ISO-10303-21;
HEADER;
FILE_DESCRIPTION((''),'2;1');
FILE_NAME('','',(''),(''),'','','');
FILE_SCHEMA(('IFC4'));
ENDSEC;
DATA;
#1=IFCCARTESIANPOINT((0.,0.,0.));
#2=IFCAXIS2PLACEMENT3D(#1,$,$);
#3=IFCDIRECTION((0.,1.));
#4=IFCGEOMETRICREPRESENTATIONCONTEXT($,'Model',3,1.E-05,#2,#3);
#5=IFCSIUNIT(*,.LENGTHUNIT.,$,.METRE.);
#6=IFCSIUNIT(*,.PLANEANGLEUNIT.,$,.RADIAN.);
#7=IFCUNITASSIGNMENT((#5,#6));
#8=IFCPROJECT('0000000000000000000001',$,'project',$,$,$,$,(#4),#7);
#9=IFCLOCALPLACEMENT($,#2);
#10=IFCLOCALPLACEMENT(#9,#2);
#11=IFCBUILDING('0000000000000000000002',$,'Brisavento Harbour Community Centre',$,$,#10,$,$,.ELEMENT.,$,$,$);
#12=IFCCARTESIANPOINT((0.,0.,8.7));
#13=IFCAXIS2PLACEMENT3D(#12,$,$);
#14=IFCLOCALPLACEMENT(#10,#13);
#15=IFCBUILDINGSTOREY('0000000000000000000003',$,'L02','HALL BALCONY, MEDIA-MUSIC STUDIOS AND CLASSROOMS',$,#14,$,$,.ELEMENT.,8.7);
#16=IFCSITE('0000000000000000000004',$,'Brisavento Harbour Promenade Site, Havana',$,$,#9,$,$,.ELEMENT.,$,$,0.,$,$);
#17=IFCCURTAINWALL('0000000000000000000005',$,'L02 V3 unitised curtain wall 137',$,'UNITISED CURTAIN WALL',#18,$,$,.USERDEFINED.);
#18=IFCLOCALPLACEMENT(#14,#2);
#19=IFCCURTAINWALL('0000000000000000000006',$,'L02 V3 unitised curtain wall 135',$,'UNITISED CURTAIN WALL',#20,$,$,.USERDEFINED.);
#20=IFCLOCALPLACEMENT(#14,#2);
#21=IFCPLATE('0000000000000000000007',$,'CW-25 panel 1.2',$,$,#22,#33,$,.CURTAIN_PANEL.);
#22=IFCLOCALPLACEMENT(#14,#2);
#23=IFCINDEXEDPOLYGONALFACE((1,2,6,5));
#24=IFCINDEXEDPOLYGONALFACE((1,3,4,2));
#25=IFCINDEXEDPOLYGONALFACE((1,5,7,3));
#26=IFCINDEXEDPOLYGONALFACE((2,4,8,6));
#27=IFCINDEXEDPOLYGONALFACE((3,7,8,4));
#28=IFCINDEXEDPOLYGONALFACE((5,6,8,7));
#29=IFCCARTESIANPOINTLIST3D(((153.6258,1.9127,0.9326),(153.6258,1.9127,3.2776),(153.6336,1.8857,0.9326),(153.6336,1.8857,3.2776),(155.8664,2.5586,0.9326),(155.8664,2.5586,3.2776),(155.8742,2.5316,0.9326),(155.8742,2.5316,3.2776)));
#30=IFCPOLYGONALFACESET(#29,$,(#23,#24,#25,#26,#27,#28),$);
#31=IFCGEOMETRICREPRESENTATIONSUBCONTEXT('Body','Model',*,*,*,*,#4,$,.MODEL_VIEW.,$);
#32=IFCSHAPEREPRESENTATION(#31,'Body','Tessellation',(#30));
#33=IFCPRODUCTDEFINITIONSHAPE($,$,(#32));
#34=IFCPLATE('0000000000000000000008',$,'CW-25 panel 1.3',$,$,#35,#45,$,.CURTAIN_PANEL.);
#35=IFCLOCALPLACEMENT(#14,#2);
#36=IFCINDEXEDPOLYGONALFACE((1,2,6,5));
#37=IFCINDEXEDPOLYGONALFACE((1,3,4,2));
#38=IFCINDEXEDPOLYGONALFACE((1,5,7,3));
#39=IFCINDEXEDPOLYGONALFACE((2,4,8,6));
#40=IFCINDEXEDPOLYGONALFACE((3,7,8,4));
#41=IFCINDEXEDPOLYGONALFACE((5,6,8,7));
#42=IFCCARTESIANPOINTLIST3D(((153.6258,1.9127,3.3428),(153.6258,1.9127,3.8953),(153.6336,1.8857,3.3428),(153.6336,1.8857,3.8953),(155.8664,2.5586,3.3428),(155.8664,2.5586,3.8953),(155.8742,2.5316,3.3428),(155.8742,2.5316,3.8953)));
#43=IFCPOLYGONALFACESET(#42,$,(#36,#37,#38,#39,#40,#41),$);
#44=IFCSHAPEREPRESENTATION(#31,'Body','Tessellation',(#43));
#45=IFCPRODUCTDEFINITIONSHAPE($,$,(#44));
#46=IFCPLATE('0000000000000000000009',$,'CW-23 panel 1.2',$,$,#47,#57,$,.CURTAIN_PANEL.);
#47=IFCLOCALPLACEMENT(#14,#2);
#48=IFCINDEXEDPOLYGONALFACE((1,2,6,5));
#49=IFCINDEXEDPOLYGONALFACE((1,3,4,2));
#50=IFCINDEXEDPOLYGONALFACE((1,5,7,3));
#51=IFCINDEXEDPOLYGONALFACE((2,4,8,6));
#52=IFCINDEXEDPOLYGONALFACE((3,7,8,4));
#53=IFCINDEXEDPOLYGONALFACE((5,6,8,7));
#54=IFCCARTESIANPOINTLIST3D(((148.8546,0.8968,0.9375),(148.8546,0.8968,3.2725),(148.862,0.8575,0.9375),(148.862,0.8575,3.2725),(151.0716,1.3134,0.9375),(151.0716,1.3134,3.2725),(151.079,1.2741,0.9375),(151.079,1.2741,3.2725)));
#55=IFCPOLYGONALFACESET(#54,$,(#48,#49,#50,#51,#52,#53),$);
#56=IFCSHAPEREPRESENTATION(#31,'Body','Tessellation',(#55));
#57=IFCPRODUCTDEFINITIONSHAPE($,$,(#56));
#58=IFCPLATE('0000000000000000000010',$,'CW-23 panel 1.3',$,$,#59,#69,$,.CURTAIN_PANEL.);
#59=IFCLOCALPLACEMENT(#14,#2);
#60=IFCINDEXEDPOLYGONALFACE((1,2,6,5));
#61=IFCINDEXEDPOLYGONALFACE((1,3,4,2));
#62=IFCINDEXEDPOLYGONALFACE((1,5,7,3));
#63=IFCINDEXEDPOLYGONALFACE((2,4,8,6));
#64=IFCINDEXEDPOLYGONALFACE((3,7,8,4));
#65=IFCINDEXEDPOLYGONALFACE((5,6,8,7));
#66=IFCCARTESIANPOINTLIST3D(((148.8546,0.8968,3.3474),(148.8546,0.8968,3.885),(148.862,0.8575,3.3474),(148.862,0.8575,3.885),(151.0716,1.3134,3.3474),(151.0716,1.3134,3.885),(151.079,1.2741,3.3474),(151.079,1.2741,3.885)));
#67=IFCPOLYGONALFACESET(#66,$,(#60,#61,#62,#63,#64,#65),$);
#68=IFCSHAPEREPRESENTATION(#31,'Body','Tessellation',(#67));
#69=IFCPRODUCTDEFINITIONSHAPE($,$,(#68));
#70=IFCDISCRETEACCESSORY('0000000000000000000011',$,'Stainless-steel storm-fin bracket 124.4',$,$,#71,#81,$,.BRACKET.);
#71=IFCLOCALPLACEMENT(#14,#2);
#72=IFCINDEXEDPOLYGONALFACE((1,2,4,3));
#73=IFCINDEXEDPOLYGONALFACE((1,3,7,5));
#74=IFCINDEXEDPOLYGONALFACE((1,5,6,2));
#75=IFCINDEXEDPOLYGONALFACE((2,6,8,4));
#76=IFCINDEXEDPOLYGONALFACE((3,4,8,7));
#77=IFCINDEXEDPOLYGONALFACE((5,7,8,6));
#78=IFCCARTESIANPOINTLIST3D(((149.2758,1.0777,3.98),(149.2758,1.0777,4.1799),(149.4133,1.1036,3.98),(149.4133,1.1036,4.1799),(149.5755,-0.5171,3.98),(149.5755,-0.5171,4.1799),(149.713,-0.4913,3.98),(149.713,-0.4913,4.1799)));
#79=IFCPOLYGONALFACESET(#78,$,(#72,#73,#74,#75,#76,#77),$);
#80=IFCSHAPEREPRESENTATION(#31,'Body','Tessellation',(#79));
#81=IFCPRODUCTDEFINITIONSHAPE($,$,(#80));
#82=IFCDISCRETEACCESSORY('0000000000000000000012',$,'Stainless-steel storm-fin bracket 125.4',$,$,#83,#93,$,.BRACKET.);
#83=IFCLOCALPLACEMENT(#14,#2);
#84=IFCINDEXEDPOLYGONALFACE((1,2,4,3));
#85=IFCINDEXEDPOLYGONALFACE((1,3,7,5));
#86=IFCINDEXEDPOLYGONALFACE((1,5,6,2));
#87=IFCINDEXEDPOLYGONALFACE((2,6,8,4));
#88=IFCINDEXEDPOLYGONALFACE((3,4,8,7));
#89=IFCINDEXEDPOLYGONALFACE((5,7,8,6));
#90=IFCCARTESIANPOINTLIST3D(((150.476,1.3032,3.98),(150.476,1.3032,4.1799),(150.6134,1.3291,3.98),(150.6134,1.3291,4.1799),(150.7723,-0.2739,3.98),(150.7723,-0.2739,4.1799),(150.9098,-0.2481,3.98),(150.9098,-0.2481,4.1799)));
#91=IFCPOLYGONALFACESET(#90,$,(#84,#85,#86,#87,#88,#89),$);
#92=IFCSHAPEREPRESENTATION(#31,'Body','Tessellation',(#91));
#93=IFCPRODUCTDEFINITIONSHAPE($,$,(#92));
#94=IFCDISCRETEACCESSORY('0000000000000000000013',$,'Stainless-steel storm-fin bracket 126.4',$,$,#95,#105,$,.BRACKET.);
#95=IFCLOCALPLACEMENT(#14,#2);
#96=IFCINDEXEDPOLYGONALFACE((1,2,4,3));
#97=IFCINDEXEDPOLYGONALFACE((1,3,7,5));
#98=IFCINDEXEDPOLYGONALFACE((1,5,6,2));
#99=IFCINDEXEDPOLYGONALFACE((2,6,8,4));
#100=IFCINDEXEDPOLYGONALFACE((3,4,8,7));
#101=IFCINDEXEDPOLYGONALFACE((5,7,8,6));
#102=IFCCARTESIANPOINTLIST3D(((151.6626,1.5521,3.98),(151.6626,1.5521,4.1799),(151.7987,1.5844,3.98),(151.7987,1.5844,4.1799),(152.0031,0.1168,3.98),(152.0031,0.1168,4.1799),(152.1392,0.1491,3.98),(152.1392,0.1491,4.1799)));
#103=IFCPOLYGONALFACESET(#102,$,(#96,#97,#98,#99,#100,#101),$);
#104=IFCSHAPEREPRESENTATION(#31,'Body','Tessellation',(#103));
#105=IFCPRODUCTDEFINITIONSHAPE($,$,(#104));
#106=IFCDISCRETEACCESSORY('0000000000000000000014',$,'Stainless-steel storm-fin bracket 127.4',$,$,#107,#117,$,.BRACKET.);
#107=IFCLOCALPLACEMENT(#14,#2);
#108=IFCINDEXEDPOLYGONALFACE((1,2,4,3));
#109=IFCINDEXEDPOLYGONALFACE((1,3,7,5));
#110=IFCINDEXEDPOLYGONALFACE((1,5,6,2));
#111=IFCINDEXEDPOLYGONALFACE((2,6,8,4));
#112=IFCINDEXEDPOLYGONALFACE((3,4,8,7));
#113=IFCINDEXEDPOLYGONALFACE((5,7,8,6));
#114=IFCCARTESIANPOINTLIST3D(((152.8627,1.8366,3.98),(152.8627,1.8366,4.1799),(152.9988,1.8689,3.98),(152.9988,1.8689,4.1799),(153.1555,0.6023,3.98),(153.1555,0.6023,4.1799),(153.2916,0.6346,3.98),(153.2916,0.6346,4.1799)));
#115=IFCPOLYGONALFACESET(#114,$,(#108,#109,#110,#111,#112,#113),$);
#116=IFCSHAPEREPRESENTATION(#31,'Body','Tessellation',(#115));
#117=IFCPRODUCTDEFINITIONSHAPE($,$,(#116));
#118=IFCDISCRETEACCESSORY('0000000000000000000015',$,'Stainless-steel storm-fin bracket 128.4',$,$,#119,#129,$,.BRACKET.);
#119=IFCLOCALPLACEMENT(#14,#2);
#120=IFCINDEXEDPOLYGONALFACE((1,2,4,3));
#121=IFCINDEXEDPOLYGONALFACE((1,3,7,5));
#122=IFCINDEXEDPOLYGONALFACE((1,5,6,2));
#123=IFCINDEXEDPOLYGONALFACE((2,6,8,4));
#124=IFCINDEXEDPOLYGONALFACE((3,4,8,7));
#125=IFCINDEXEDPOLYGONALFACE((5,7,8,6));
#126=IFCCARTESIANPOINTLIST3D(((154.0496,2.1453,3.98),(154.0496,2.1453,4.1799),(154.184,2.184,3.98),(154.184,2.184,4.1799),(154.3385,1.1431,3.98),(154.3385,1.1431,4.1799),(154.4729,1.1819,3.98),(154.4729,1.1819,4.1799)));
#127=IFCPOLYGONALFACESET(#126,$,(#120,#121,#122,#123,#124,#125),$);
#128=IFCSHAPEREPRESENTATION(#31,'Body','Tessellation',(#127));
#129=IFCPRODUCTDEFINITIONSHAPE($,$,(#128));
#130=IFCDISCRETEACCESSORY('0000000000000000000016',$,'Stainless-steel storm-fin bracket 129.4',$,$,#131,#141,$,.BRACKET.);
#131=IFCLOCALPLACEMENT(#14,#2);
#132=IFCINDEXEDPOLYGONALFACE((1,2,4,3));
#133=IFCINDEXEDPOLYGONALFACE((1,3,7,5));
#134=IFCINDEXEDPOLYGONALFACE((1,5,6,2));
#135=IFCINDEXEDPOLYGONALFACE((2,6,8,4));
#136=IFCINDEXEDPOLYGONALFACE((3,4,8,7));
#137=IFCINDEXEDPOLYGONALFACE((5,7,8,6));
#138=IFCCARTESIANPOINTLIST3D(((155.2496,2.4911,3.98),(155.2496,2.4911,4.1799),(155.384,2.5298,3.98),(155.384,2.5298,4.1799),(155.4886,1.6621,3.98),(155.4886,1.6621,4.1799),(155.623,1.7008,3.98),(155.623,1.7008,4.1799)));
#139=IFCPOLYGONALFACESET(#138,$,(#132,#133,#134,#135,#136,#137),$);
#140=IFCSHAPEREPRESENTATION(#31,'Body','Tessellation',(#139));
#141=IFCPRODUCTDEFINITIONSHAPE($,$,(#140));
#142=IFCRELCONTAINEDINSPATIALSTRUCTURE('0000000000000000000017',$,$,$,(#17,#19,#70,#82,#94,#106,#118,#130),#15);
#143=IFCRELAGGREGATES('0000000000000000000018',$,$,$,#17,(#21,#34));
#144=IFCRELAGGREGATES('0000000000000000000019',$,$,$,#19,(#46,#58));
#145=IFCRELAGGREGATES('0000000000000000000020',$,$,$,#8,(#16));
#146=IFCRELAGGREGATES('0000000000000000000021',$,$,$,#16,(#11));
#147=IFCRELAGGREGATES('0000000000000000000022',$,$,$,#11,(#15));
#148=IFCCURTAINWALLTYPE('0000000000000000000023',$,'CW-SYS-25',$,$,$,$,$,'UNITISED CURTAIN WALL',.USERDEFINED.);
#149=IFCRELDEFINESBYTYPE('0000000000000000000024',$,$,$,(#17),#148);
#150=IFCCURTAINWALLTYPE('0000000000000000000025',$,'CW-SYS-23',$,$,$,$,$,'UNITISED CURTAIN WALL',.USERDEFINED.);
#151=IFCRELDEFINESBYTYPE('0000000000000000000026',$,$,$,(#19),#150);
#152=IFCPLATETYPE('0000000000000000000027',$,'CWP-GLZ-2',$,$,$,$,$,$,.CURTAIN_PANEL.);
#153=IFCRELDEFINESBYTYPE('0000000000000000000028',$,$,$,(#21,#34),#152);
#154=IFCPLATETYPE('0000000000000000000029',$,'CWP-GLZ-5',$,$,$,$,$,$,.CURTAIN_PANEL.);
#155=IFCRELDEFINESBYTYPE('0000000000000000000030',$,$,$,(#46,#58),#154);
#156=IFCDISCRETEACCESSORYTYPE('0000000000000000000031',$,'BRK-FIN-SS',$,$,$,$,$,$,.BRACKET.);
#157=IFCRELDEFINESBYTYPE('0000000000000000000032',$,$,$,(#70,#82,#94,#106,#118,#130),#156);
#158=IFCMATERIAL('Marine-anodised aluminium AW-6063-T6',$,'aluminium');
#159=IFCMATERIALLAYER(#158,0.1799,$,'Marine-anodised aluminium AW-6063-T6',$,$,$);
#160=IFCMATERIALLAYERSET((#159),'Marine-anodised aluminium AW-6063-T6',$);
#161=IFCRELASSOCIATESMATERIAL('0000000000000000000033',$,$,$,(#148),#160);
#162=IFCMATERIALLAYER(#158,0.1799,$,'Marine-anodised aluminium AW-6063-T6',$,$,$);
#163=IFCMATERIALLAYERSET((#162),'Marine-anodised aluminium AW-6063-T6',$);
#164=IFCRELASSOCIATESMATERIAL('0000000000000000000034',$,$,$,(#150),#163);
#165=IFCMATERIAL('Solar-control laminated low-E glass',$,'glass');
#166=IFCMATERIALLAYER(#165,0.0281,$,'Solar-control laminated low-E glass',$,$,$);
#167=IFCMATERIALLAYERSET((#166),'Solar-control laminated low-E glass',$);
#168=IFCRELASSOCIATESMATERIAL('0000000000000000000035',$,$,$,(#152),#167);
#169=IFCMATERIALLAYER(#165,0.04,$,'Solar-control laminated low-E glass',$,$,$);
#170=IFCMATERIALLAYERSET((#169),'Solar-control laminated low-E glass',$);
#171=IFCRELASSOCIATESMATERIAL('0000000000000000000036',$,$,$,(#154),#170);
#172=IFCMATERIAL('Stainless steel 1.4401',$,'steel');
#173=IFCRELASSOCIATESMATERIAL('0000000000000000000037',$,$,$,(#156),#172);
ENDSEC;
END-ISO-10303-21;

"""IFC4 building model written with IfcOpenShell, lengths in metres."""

from ifc_helpers import new_model, si_unit, direction, frame, origin, origin_2d, place, context, subcontext, project, spatial, rectangle, extrude, material, layer, layer_set, type_object, element, aggregate, save


model = new_model("IFC4")

# Units and contexts
model_context = context("Model", 3, precision=1e-05, world=origin(), true_north=direction((0.0, 1.0)))
body_context = subcontext(model_context, "Body", "Model", "MODEL_VIEW")
ifc_project = project(units=[si_unit("LENGTHUNIT", "METRE"), si_unit("PLANEANGLEUNIT", "RADIAN")], contexts=[model_context])

# Site, building, storey
site_placement = place(None, origin())
site = spatial("IfcSite", under=ifc_project, at=site_placement, Name="Brisavento Harbour Promenade Site, Havana", CompositionType="ELEMENT", RefElevation=0.0)
building_placement = place(site_placement, origin())
building = spatial("IfcBuilding", under=site, at=building_placement, Name="Brisavento Harbour Community Centre", CompositionType="ELEMENT")
storey_placement = place(building_placement, frame((0.0, 0.0, 8.7)))
storey = spatial("IfcBuildingStorey", under=building, at=storey_placement, Name="L02", Description="HALL BALCONY, MEDIA-MUSIC STUDIOS AND CLASSROOMS", CompositionType="ELEMENT", Elevation=8.7)

# Curtain walls
ifc_material_1 = material(Name="Marine-anodised aluminium AW-6063-T6", Category="aluminium")
ifc_layer_1 = layer(ifc_material_1, 0.1799, Name="Marine-anodised aluminium AW-6063-T6")
ifc_layer_set_1 = layer_set([ifc_layer_1], Name="Marine-anodised aluminium AW-6063-T6")
curtain_wall_type_1 = type_object("IfcCurtainWallType", Name="CW-SYS-25", ElementType="UNITISED CURTAIN WALL", PredefinedType="USERDEFINED", material=ifc_layer_set_1)
curtain_wall_1_placement = place(storey_placement, origin())
curtain_wall_1 = element("IfcCurtainWall", 1, at=curtain_wall_1_placement, inside=storey, type_object=curtain_wall_type_1, Name="L02 V3 unitised curtain wall 137", ObjectType="UNITISED CURTAIN WALL", PredefinedType="USERDEFINED")
ifc_layer_2 = layer(ifc_material_1, 0.1799, Name="Marine-anodised aluminium AW-6063-T6")
ifc_layer_set_2 = layer_set([ifc_layer_2], Name="Marine-anodised aluminium AW-6063-T6")
curtain_wall_type_2 = type_object("IfcCurtainWallType", Name="CW-SYS-23", ElementType="UNITISED CURTAIN WALL", PredefinedType="USERDEFINED", material=ifc_layer_set_2)
curtain_wall_2_placement = place(storey_placement, origin())
curtain_wall_2 = element("IfcCurtainWall", 2, at=curtain_wall_2_placement, inside=storey, type_object=curtain_wall_type_2, Name="L02 V3 unitised curtain wall 135", ObjectType="UNITISED CURTAIN WALL", PredefinedType="USERDEFINED")

# Shared definitions
ifc_material_2 = material(Name="Solar-control laminated low-E glass", Category="glass")

# Plates
ifc_layer_3 = layer(ifc_material_2, 0.0281, Name="Solar-control laminated low-E glass")
ifc_layer_set_3 = layer_set([ifc_layer_3], Name="Solar-control laminated low-E glass")
plate_type_1 = type_object("IfcPlateType", Name="CWP-GLZ-2", PredefinedType="CURTAIN_PANEL", material=ifc_layer_set_3)
plate_1_placement = place(storey_placement, frame((154.75, 2.2222, 0.9326), z_axis=(0.0, 0.0, 1.0), x_axis=(-0.96087, -0.277001, 0.0)))
plate_1 = element("IfcPlate", 3, at=plate_1_placement, type_object=plate_type_1, Name="CW-25 panel 1.2", PredefinedType="CURTAIN_PANEL", context=body_context, shape_type="SweptSolid", body=[
    extrude(rectangle(XDim=2.3318, YDim=0.0281, at=origin_2d()), origin(), (0.0, 0.0, 1.0), 2.345),
])
plate_2_placement = place(storey_placement, frame((154.75, 2.2222, 3.3428), z_axis=(0.0, 0.0, 1.0), x_axis=(-0.96087, -0.277001, 0.0)))
plate_2 = element("IfcPlate", 4, at=plate_2_placement, type_object=plate_type_1, Name="CW-25 panel 1.3", PredefinedType="CURTAIN_PANEL", context=body_context, shape_type="SweptSolid", body=[
    extrude(rectangle(XDim=2.3318, YDim=0.0281, at=origin_2d()), origin(), (0.0, 0.0, 1.0), 0.5525),
])
aggregate(curtain_wall_1, [plate_1, plate_2])
ifc_layer_4 = layer(ifc_material_2, 0.04, Name="Solar-control laminated low-E glass")
ifc_layer_set_4 = layer_set([ifc_layer_4], Name="Solar-control laminated low-E glass")
plate_type_2 = type_object("IfcPlateType", Name="CWP-GLZ-5", PredefinedType="CURTAIN_PANEL", material=ifc_layer_set_4)
plate_3_placement = place(storey_placement, frame((149.9668, 1.0854, 0.9375), z_axis=(0.0, 0.0, 1.0), x_axis=(-0.982802, -0.184665, 0.0)))
plate_3 = element("IfcPlate", 5, at=plate_3_placement, type_object=plate_type_2, Name="CW-23 panel 1.2", PredefinedType="CURTAIN_PANEL", context=body_context, shape_type="SweptSolid", body=[
    extrude(rectangle(XDim=2.2559, YDim=0.04, at=origin_2d()), origin(), (0.0, 0.0, 1.0), 2.335),
])
plate_4_placement = place(storey_placement, frame((149.9668, 1.0854, 3.3474), z_axis=(0.0, 0.0, 1.0), x_axis=(-0.982802, -0.184665, 0.0)))
plate_4 = element("IfcPlate", 6, at=plate_4_placement, type_object=plate_type_2, Name="CW-23 panel 1.3", PredefinedType="CURTAIN_PANEL", context=body_context, shape_type="SweptSolid", body=[
    extrude(rectangle(XDim=2.2559, YDim=0.04, at=origin_2d()), origin(), (0.0, 0.0, 1.0), 0.5376),
])
aggregate(curtain_wall_2, [plate_3, plate_4])

# Discrete accessories
ifc_material_3 = material(Name="Stainless steel 1.4401", Category="steel")
discrete_accessory_type = type_object("IfcDiscreteAccessoryType", Name="BRK-FIN-SS", PredefinedType="BRACKET", material=ifc_material_3)
discrete_accessory_1_placement = place(storey_placement, frame((149.4944, 0.2932, 3.98), z_axis=(0.0, 0.0, 1.0), x_axis=(0.184672, -0.9828, 0.0)))
element("IfcDiscreteAccessory", 7, at=discrete_accessory_1_placement, inside=storey, type_object=discrete_accessory_type, Name="Stainless-steel storm-fin bracket 124.4", PredefinedType="BRACKET", context=body_context, shape_type="SweptSolid", body=[
    extrude(rectangle(XDim=1.6228, YDim=0.1399, at=origin_2d()), origin(), (0.0, 0.0, 1.0), 0.2),
])
discrete_accessory_2_placement = place(storey_placement, frame((150.6929, 0.5276, 3.98), z_axis=(0.0, 0.0, 1.0), x_axis=(0.184672, -0.9828, 0.0)))
element("IfcDiscreteAccessory", 8, at=discrete_accessory_2_placement, inside=storey, type_object=discrete_accessory_type, Name="Stainless-steel storm-fin bracket 125.4", PredefinedType="BRACKET", context=body_context, shape_type="SweptSolid", body=[
    extrude(rectangle(XDim=1.6047, YDim=0.1399, at=origin_2d()), origin(), (0.0, 0.0, 1.0), 0.2),
])
discrete_accessory_3_placement = place(storey_placement, frame((151.9009, 0.8506, 3.98), z_axis=(0.0, 0.0, 1.0), x_axis=(0.230831, -0.972994, 0.0)))
element("IfcDiscreteAccessory", 9, at=discrete_accessory_3_placement, inside=storey, type_object=discrete_accessory_type, Name="Stainless-steel storm-fin bracket 126.4", PredefinedType="BRACKET", context=body_context, shape_type="SweptSolid", body=[
    extrude(rectangle(XDim=1.4751, YDim=0.1399, at=origin_2d()), origin(), (0.0, 0.0, 1.0), 0.2),
])
discrete_accessory_4_placement = place(storey_placement, frame((153.0771, 1.2356, 3.98), z_axis=(0.0, 0.0, 1.0), x_axis=(0.230831, -0.972994, 0.0)))
element("IfcDiscreteAccessory", 10, at=discrete_accessory_4_placement, inside=storey, type_object=discrete_accessory_type, Name="Stainless-steel storm-fin bracket 127.4", PredefinedType="BRACKET", context=body_context, shape_type="SweptSolid", body=[
    extrude(rectangle(XDim=1.2686, YDim=0.1399, at=origin_2d()), origin(), (0.0, 0.0, 1.0), 0.2),
])
discrete_accessory_5_placement = place(storey_placement, frame((154.2612, 1.6636, 3.98), z_axis=(0.0, 0.0, 1.0), x_axis=(0.276996, -0.960871, 0.0)))
element("IfcDiscreteAccessory", 11, at=discrete_accessory_5_placement, inside=storey, type_object=discrete_accessory_type, Name="Stainless-steel storm-fin bracket 128.4", PredefinedType="BRACKET", context=body_context, shape_type="SweptSolid", body=[
    extrude(rectangle(XDim=1.043, YDim=0.1399, at=origin_2d()), origin(), (0.0, 0.0, 1.0), 0.2),
])
discrete_accessory_6_placement = place(storey_placement, frame((155.4363, 2.0959, 3.98), z_axis=(0.0, 0.0, 1.0), x_axis=(0.276996, -0.960871, 0.0)))
element("IfcDiscreteAccessory", 12, at=discrete_accessory_6_placement, inside=storey, type_object=discrete_accessory_type, Name="Stainless-steel storm-fin bracket 129.4", PredefinedType="BRACKET", context=body_context, shape_type="SweptSolid", body=[
    extrude(rectangle(XDim=0.8628, YDim=0.1399, at=origin_2d()), origin(), (0.0, 0.0, 1.0), 0.2),
])

save(model, "model.ifc")
